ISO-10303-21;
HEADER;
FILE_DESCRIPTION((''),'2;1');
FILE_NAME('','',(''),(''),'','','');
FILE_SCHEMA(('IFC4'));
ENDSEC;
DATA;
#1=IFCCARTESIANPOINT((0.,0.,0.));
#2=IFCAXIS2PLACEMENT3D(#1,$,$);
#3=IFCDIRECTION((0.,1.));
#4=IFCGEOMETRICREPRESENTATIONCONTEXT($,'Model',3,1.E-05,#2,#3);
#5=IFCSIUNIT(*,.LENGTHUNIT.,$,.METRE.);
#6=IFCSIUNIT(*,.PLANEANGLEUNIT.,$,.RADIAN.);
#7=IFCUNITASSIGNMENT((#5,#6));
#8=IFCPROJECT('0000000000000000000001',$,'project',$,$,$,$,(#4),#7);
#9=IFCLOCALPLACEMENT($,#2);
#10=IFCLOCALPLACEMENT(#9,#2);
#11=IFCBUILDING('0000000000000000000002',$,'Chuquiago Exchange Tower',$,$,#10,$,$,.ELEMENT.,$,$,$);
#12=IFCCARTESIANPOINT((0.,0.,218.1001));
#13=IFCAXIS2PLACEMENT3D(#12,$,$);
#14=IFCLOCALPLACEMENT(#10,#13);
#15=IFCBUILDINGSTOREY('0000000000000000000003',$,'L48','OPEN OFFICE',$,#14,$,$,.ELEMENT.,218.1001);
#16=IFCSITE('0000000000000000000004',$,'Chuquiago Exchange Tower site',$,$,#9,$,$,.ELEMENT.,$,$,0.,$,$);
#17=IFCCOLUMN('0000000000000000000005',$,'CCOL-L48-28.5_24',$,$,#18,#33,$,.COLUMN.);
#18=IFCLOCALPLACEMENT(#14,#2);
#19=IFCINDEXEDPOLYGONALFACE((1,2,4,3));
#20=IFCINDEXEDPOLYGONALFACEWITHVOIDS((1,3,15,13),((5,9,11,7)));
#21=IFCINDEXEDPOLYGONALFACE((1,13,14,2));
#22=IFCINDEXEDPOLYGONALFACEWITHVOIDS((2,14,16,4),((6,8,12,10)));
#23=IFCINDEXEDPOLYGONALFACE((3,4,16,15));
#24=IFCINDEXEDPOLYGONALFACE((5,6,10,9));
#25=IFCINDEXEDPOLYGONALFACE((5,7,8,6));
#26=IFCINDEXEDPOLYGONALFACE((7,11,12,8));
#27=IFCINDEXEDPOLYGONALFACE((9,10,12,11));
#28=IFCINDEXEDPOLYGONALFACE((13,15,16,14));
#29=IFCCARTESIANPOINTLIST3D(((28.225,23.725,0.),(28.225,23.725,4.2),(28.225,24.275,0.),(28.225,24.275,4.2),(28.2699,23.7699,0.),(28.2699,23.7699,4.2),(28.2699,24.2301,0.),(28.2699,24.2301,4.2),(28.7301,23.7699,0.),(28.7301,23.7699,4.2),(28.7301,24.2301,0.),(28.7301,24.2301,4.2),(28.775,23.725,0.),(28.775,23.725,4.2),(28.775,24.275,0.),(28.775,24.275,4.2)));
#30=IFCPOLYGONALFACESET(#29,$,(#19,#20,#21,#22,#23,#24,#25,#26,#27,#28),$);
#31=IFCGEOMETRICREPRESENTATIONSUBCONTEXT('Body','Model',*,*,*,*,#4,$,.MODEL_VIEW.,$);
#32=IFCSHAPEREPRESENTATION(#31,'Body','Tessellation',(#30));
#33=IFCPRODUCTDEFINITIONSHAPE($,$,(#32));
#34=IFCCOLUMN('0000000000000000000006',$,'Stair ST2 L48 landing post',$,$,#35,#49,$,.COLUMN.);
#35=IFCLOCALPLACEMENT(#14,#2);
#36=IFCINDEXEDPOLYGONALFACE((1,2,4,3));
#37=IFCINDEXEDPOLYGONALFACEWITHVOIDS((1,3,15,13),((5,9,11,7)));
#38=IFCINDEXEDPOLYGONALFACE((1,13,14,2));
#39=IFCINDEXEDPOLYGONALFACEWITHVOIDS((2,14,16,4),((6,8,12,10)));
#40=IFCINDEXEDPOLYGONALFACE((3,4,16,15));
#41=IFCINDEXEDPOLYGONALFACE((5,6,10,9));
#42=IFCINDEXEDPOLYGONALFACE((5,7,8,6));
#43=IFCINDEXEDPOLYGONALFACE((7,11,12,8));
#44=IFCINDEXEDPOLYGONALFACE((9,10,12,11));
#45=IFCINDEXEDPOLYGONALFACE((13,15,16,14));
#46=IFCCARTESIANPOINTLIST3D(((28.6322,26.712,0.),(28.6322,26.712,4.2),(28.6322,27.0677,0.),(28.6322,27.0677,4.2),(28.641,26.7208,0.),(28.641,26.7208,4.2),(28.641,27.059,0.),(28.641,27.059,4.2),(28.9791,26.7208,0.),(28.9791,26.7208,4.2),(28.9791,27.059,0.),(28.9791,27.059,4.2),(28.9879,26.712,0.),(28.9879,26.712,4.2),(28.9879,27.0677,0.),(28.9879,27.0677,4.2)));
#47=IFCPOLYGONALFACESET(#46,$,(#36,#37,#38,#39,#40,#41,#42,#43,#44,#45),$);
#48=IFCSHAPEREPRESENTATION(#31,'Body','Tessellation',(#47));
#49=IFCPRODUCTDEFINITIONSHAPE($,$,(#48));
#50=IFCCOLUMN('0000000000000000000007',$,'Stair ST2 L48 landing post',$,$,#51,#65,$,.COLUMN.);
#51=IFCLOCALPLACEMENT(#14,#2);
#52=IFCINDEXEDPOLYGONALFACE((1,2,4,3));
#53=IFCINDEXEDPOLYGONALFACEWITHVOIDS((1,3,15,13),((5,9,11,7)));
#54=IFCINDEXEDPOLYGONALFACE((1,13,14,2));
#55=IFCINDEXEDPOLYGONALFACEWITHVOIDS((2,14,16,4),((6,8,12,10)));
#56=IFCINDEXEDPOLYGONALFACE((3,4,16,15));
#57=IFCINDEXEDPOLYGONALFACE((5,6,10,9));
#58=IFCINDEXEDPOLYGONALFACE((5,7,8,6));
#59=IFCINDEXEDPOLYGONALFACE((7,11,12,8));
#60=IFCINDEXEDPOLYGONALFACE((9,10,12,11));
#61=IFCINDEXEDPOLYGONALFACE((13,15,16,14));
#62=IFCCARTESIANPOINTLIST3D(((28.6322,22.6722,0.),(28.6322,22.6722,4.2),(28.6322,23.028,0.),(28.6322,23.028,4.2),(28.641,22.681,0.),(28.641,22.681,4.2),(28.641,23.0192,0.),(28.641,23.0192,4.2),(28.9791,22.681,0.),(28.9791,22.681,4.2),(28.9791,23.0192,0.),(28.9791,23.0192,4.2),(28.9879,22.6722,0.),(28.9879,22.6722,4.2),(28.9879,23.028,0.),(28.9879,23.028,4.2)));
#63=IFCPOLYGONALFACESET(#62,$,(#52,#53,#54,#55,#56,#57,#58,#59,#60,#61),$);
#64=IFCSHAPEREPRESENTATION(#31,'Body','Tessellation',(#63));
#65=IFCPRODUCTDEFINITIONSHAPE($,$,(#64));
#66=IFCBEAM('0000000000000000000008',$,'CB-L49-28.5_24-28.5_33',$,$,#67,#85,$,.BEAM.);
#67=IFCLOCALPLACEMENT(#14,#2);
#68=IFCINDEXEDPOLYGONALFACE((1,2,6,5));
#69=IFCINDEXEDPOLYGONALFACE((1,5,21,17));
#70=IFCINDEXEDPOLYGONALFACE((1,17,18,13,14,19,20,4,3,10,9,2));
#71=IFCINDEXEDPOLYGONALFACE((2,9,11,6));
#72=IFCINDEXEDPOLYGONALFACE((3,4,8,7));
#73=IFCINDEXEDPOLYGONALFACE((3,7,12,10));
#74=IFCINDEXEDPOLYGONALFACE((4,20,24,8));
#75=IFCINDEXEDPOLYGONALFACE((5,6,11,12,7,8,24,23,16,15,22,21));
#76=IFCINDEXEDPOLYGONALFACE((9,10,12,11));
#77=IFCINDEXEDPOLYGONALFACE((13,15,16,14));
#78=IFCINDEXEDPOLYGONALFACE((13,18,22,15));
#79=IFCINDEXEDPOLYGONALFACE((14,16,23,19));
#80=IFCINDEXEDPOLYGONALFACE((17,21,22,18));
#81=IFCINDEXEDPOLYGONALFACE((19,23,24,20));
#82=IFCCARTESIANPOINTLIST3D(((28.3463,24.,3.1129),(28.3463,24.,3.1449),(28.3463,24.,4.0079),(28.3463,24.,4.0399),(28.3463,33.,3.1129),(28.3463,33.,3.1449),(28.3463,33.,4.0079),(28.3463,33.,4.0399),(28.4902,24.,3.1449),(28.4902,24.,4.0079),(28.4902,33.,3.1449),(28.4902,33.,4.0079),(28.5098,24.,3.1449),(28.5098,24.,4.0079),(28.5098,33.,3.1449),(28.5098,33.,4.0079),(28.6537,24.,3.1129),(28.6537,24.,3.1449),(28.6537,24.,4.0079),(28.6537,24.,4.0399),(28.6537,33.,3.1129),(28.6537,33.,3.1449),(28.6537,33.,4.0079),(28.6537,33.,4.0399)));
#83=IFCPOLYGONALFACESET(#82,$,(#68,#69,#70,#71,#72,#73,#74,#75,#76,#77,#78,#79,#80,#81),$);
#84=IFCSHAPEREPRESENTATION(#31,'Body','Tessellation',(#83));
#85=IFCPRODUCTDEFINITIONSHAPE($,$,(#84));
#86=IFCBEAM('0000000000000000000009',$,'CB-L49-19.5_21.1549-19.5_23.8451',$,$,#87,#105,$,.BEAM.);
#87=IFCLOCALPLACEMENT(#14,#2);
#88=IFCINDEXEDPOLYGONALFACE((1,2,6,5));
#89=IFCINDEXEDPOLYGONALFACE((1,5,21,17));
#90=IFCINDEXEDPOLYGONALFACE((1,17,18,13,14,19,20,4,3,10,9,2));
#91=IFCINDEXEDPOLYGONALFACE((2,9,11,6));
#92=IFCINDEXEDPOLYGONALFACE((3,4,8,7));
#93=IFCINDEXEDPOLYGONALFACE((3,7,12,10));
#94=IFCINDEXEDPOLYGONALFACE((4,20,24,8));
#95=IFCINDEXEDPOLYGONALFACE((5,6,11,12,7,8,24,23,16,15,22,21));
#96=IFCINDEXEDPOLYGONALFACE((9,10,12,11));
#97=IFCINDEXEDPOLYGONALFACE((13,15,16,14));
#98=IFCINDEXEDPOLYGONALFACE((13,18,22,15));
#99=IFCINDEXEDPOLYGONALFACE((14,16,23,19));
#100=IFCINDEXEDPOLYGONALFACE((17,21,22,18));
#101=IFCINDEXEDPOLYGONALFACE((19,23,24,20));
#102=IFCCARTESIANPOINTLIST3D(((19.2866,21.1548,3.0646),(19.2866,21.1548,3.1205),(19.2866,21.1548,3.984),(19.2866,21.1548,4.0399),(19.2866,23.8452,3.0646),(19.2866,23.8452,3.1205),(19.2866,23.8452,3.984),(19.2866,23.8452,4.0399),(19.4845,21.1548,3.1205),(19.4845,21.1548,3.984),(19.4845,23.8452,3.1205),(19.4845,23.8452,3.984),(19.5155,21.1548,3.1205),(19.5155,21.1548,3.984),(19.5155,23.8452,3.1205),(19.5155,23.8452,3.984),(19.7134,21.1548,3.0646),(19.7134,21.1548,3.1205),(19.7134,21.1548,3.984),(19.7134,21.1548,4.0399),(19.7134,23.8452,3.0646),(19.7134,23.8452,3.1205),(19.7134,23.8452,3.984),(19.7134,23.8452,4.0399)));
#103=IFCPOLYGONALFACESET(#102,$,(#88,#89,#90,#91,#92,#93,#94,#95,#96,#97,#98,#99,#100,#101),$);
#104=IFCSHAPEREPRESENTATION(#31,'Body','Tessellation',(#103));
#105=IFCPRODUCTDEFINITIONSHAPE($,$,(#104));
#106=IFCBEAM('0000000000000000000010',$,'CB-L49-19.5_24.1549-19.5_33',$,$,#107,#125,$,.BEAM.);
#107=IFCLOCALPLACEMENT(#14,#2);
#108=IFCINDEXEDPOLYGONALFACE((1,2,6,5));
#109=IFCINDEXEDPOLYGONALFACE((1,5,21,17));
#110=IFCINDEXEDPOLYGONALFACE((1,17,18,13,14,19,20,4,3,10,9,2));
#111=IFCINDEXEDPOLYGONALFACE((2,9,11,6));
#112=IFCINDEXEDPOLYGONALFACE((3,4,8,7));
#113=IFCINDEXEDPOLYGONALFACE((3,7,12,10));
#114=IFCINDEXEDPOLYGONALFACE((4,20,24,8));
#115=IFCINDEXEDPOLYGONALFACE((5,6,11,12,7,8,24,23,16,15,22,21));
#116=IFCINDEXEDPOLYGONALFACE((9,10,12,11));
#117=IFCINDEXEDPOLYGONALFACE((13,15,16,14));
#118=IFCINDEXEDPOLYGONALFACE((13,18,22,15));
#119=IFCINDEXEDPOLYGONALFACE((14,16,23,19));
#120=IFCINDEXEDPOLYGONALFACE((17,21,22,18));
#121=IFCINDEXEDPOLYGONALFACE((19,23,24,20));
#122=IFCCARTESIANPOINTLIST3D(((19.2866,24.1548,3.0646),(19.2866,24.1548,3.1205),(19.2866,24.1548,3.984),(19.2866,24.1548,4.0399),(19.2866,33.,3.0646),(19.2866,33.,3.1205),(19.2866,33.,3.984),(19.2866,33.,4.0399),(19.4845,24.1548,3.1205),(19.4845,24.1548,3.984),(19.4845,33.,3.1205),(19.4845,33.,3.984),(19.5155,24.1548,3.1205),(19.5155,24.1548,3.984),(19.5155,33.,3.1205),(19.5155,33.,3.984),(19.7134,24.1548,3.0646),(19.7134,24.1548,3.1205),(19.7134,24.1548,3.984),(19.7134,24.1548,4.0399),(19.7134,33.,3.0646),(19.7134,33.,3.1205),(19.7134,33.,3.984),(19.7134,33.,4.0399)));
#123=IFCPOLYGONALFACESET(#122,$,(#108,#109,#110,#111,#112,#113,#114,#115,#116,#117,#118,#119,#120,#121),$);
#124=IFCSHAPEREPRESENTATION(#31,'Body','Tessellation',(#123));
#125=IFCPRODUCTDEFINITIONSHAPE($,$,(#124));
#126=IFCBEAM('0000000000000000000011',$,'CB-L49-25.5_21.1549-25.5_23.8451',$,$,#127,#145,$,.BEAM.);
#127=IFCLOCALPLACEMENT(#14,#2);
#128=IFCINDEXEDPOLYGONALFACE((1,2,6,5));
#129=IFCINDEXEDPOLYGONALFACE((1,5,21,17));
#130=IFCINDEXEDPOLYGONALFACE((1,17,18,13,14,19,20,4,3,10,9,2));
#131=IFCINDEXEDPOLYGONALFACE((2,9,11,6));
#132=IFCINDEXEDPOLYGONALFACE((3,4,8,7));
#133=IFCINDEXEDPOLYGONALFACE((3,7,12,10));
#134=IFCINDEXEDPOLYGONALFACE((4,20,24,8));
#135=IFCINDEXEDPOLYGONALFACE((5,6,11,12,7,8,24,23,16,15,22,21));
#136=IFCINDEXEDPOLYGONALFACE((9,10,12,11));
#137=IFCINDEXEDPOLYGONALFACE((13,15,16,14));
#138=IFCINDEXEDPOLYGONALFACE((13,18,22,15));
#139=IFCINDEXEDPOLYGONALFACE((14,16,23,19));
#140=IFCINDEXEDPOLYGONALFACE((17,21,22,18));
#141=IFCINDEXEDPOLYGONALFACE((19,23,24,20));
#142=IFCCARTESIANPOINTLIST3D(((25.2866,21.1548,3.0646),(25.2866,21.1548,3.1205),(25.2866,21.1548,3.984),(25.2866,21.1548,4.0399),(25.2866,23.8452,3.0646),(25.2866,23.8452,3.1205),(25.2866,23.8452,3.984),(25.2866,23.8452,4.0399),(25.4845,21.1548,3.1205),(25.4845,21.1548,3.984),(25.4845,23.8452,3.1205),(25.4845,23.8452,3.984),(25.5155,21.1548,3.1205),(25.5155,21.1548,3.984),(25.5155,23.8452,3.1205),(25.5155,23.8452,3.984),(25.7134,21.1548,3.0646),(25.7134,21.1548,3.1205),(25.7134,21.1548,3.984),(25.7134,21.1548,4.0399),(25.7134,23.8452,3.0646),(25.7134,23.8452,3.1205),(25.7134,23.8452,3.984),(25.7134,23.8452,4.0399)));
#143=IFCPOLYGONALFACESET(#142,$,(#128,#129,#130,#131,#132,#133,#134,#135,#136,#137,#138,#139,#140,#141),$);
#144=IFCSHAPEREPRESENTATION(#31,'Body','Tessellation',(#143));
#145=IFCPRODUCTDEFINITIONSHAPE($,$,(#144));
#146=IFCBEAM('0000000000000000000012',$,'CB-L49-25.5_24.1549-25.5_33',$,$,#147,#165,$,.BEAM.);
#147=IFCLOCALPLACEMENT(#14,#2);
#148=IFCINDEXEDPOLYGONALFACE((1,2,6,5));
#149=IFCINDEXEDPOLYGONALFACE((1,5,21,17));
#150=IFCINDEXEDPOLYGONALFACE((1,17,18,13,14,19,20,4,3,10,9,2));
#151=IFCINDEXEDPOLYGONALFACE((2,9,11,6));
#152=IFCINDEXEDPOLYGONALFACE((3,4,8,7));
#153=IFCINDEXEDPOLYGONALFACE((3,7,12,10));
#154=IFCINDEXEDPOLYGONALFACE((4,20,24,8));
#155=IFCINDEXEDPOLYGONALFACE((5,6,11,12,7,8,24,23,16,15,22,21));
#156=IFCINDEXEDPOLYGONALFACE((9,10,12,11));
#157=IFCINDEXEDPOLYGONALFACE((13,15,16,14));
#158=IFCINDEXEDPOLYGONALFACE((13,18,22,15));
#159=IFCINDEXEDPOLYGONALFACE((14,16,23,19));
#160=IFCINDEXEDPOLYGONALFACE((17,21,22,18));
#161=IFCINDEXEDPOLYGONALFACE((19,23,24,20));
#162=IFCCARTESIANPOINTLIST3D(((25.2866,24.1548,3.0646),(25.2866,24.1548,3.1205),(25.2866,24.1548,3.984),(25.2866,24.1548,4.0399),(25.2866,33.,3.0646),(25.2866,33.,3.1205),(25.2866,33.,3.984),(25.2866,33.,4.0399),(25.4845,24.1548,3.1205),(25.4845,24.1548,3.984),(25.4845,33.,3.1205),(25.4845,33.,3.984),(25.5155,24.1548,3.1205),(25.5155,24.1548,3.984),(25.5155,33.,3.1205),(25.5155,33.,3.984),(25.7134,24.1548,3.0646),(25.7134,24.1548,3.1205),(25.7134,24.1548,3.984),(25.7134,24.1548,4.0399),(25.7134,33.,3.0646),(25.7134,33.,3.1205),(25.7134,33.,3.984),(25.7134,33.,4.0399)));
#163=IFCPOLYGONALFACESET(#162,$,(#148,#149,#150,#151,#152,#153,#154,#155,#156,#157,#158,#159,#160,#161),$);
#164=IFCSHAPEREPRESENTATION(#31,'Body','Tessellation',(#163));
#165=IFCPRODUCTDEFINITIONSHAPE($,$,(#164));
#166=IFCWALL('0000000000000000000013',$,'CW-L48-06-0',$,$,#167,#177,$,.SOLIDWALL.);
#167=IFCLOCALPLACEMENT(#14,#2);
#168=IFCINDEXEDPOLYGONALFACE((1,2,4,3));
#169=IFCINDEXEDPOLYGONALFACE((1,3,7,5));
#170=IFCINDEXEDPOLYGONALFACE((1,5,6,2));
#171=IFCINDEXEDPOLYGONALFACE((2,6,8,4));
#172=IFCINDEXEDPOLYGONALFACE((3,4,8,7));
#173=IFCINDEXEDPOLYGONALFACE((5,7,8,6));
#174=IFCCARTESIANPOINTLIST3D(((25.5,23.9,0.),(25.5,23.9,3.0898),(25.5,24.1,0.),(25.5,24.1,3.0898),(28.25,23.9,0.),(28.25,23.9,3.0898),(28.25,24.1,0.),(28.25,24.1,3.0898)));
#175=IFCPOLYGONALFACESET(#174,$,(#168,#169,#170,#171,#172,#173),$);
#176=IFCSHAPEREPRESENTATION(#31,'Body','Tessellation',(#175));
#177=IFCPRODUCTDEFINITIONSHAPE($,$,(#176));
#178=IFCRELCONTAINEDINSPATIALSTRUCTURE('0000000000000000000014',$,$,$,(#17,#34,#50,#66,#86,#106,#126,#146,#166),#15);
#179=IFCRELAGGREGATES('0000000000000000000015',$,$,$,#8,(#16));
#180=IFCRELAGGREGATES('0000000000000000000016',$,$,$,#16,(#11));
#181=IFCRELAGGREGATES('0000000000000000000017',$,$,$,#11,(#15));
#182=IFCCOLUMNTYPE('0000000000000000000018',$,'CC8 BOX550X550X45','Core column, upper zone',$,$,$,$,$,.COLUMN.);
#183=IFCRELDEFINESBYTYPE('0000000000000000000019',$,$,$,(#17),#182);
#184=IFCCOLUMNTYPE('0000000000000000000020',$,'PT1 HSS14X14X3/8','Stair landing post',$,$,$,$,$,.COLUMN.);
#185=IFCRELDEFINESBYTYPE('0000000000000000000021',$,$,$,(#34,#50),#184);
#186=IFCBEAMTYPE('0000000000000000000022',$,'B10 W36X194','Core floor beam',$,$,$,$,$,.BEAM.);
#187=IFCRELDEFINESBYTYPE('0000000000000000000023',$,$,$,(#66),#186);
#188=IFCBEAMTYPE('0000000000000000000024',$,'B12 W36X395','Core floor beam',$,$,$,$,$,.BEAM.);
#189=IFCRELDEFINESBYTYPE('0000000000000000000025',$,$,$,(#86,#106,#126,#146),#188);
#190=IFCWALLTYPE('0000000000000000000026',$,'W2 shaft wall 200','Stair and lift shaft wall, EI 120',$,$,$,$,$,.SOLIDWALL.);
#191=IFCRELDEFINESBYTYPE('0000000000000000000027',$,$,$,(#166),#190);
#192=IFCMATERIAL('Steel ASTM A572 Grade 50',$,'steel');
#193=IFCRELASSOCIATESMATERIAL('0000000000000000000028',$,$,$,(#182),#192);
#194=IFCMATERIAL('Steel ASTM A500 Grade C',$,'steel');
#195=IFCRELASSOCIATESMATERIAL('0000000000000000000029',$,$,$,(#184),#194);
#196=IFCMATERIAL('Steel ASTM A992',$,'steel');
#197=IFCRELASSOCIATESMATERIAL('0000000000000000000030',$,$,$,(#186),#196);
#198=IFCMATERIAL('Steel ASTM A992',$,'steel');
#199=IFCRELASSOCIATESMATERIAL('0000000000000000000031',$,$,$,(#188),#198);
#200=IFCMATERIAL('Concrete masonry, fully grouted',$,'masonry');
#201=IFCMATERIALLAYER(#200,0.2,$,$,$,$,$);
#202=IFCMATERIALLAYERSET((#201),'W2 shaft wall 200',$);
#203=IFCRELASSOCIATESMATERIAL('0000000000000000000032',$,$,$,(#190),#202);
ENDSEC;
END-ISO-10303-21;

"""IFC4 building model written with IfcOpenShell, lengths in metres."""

from ifc_helpers import new_model, si_unit, direction, frame, frame_2d, origin, origin_2d, place, context, subcontext, project, spatial, rectangle, hollow_rectangle, i_section, extrude, material, layer, layer_set, material_profile, profile_set, type_object, element, save


model = new_model("IFC4")

# Units and contexts
model_context = context("Model", 3, precision=1e-05, world=origin(), true_north=direction((0.0, 1.0)))
body_context = subcontext(model_context, "Body", "Model", "MODEL_VIEW")
ifc_project = project(units=[si_unit("LENGTHUNIT", "METRE"), si_unit("PLANEANGLEUNIT", "RADIAN")], contexts=[model_context])

# Site, building, storey
site_placement = place(None, origin())
site = spatial("IfcSite", under=ifc_project, at=site_placement, Name="Chuquiago Exchange Tower site", CompositionType="ELEMENT", RefElevation=0.0)
building_placement = place(site_placement, origin())
building = spatial("IfcBuilding", under=site, at=building_placement, Name="Chuquiago Exchange Tower", CompositionType="ELEMENT")
storey_placement = place(building_placement, frame((0.0, 0.0, 218.1001)))
storey = spatial("IfcBuildingStorey", under=building, at=storey_placement, Name="L48", Description="OPEN OFFICE", CompositionType="ELEMENT", Elevation=218.1001)

# Columns
ifc_material_1 = material(Name="Steel ASTM A572 Grade 50", Category="steel")
ifc_material_profile_1 = material_profile(ifc_material_1, hollow_rectangle(XDim=0.55, YDim=0.55, WallThickness=0.0449, at=origin_2d()), Name="BOX550X550X45")
ifc_profile_set_1 = profile_set([ifc_material_profile_1], Name="Steel ASTM A572 Grade 50")
column_type_1 = type_object("IfcColumnType", Name="CC8 BOX550X550X45", Description="Core column, upper zone", PredefinedType="COLUMN", material=ifc_profile_set_1)
column_placement = place(storey_placement, frame((28.5, 24.0, 0.0), z_axis=(0.0, 0.0, 1.0), x_axis=(1.0, 0.0, 0.0)))
element("IfcColumn", 1, at=column_placement, inside=storey, type_object=column_type_1, Name="CCOL-L48-28.5_24", PredefinedType="COLUMN", context=body_context, shape_type="SweptSolid", body=[
    extrude(hollow_rectangle(XDim=0.55, YDim=0.55, WallThickness=0.0449, at=origin_2d()), origin(), (0.0, 0.0, 1.0), 4.2),
])
ifc_material_2 = material(Name="Steel ASTM A500 Grade C", Category="steel")
ifc_material_profile_2 = material_profile(ifc_material_2, hollow_rectangle(XDim=0.3557, YDim=0.3557, WallThickness=0.0088, at=origin_2d()), Name="HSS14X14X3/8")
ifc_profile_set_2 = profile_set([ifc_material_profile_2], Name="Steel ASTM A500 Grade C")
column_type_2 = type_object("IfcColumnType", Name="PT1 HSS14X14X3/8", Description="Stair landing post", PredefinedType="COLUMN", material=ifc_profile_set_2)
for number, where, z_axis, x_axis, name in (
    (2, (28.8101, 26.8899, 0.0), (0.0, 0.0, 1.0), (1.0, 0.0, 0.0), "Stair ST2 L48 landing post"),
    (3, (28.8101, 22.8501, 0.0), (0.0, 0.0, 1.0), (1.0, 0.0, 0.0), "Stair ST2 L48 landing post"),
):
    element("IfcColumn", number, at=place(storey_placement, frame(where, z_axis=z_axis, x_axis=x_axis)), inside=storey, type_object=column_type_2, Name=name, PredefinedType="COLUMN", context=body_context, shape_type="SweptSolid", body=[
        extrude(hollow_rectangle(XDim=0.3557, YDim=0.3557, WallThickness=0.0088, at=origin_2d()), origin(), (0.0, 0.0, 1.0), 4.2),
    ])

# Beams
ifc_material_3 = material(Name="Steel ASTM A992", Category="steel")
ifc_material_profile_3 = material_profile(ifc_material_3, i_section(OverallWidth=0.3074, OverallDepth=0.927, WebThickness=0.0195, FlangeThickness=0.032, at=origin_2d()), Name="W36X194")
ifc_profile_set_3 = profile_set([ifc_material_profile_3], Name="Steel ASTM A992")
beam_type_1 = type_object("IfcBeamType", Name="B10 W36X194", Description="Core floor beam", PredefinedType="BEAM", material=ifc_profile_set_3)
beam_1_placement = place(storey_placement, frame((28.5, 24.0, 3.5764), z_axis=(0.0, 1.0, 0.0), x_axis=(-1.0, 0.0, 0.0)))
element("IfcBeam", 4, at=beam_1_placement, inside=storey, type_object=beam_type_1, Name="CB-L49-28.5_24-28.5_33", PredefinedType="BEAM", context=body_context, shape_type="SweptSolid", body=[
    extrude(i_section(OverallWidth=0.3074, OverallDepth=0.927, WebThickness=0.0195, FlangeThickness=0.032, at=origin_2d()), origin(), (0.0, 0.0, 1.0), 9.0),
])
ifc_material_4 = material(Name="Steel ASTM A992", Category="steel")
ifc_material_profile_4 = material_profile(ifc_material_4, i_section(OverallWidth=0.4268, OverallDepth=0.9753, WebThickness=0.031, FlangeThickness=0.0559, at=origin_2d()), Name="W36X395")
ifc_profile_set_4 = profile_set([ifc_material_profile_4], Name="Steel ASTM A992")
beam_type_2 = type_object("IfcBeamType", Name="B12 W36X395", Description="Core floor beam", PredefinedType="BEAM", material=ifc_profile_set_4)
beam_2_placement = place(storey_placement, frame((19.5, 21.1548, 3.5522), z_axis=(0.0, 1.0, 0.0), x_axis=(-1.0, 0.0, 0.0)))
element("IfcBeam", 5, at=beam_2_placement, inside=storey, type_object=beam_type_2, Name="CB-L49-19.5_21.1549-19.5_23.8451", PredefinedType="BEAM", context=body_context, shape_type="SweptSolid", body=[
    extrude(i_section(OverallWidth=0.4268, OverallDepth=0.9753, WebThickness=0.031, FlangeThickness=0.0559, at=origin_2d()), origin(), (0.0, 0.0, 1.0), 2.6904),
])
beam_3_placement = place(storey_placement, frame((19.5, 24.1548, 3.5522), z_axis=(0.0, 1.0, 0.0), x_axis=(-1.0, 0.0, 0.0)))
element("IfcBeam", 6, at=beam_3_placement, inside=storey, type_object=beam_type_2, Name="CB-L49-19.5_24.1549-19.5_33", PredefinedType="BEAM", context=body_context, shape_type="SweptSolid", body=[
    extrude(i_section(OverallWidth=0.4268, OverallDepth=0.9753, WebThickness=0.031, FlangeThickness=0.0559, at=origin_2d()), origin(), (0.0, 0.0, 1.0), 8.8452),
])
beam_4_placement = place(storey_placement, frame((25.5, 21.1548, 3.5522), z_axis=(0.0, 1.0, 0.0), x_axis=(-1.0, 0.0, 0.0)))
element("IfcBeam", 7, at=beam_4_placement, inside=storey, type_object=beam_type_2, Name="CB-L49-25.5_21.1549-25.5_23.8451", PredefinedType="BEAM", context=body_context, shape_type="SweptSolid", body=[
    extrude(i_section(OverallWidth=0.4268, OverallDepth=0.9753, WebThickness=0.031, FlangeThickness=0.0559, at=origin_2d()), origin(), (0.0, 0.0, 1.0), 2.6904),
])
beam_5_placement = place(storey_placement, frame((25.5, 24.1548, 3.5522), z_axis=(0.0, 1.0, 0.0), x_axis=(-1.0, 0.0, 0.0)))
element("IfcBeam", 8, at=beam_5_placement, inside=storey, type_object=beam_type_2, Name="CB-L49-25.5_24.1549-25.5_33", PredefinedType="BEAM", context=body_context, shape_type="SweptSolid", body=[
    extrude(i_section(OverallWidth=0.4268, OverallDepth=0.9753, WebThickness=0.031, FlangeThickness=0.0559, at=origin_2d()), origin(), (0.0, 0.0, 1.0), 8.8452),
])

# Wall
ifc_material_5 = material(Name="Concrete masonry, fully grouted", Category="masonry")
ifc_layer = layer(ifc_material_5, 0.2)
ifc_layer_set = layer_set([ifc_layer], Name="W2 shaft wall 200")
wall_type = type_object("IfcWallType", Name="W2 shaft wall 200", Description="Stair and lift shaft wall, EI 120", PredefinedType="SOLIDWALL", material=ifc_layer_set)
wall_1_placement = place(storey_placement, frame((25.5, 24.0, 0.0), z_axis=(0.0, 0.0, 1.0), x_axis=(1.0, 0.0, 0.0)))
element("IfcWall", 9, at=wall_1_placement, inside=storey, type_object=wall_type, Name="CW-L48-06-0", PredefinedType="SOLIDWALL", context=body_context, shape_type="SweptSolid", body=[
    extrude(rectangle(XDim=2.75, YDim=0.2, at=frame_2d((1.375, 0.0))), origin(), (0.0, 0.0, 1.0), 3.0898),
])

save(model, "model.ifc")
